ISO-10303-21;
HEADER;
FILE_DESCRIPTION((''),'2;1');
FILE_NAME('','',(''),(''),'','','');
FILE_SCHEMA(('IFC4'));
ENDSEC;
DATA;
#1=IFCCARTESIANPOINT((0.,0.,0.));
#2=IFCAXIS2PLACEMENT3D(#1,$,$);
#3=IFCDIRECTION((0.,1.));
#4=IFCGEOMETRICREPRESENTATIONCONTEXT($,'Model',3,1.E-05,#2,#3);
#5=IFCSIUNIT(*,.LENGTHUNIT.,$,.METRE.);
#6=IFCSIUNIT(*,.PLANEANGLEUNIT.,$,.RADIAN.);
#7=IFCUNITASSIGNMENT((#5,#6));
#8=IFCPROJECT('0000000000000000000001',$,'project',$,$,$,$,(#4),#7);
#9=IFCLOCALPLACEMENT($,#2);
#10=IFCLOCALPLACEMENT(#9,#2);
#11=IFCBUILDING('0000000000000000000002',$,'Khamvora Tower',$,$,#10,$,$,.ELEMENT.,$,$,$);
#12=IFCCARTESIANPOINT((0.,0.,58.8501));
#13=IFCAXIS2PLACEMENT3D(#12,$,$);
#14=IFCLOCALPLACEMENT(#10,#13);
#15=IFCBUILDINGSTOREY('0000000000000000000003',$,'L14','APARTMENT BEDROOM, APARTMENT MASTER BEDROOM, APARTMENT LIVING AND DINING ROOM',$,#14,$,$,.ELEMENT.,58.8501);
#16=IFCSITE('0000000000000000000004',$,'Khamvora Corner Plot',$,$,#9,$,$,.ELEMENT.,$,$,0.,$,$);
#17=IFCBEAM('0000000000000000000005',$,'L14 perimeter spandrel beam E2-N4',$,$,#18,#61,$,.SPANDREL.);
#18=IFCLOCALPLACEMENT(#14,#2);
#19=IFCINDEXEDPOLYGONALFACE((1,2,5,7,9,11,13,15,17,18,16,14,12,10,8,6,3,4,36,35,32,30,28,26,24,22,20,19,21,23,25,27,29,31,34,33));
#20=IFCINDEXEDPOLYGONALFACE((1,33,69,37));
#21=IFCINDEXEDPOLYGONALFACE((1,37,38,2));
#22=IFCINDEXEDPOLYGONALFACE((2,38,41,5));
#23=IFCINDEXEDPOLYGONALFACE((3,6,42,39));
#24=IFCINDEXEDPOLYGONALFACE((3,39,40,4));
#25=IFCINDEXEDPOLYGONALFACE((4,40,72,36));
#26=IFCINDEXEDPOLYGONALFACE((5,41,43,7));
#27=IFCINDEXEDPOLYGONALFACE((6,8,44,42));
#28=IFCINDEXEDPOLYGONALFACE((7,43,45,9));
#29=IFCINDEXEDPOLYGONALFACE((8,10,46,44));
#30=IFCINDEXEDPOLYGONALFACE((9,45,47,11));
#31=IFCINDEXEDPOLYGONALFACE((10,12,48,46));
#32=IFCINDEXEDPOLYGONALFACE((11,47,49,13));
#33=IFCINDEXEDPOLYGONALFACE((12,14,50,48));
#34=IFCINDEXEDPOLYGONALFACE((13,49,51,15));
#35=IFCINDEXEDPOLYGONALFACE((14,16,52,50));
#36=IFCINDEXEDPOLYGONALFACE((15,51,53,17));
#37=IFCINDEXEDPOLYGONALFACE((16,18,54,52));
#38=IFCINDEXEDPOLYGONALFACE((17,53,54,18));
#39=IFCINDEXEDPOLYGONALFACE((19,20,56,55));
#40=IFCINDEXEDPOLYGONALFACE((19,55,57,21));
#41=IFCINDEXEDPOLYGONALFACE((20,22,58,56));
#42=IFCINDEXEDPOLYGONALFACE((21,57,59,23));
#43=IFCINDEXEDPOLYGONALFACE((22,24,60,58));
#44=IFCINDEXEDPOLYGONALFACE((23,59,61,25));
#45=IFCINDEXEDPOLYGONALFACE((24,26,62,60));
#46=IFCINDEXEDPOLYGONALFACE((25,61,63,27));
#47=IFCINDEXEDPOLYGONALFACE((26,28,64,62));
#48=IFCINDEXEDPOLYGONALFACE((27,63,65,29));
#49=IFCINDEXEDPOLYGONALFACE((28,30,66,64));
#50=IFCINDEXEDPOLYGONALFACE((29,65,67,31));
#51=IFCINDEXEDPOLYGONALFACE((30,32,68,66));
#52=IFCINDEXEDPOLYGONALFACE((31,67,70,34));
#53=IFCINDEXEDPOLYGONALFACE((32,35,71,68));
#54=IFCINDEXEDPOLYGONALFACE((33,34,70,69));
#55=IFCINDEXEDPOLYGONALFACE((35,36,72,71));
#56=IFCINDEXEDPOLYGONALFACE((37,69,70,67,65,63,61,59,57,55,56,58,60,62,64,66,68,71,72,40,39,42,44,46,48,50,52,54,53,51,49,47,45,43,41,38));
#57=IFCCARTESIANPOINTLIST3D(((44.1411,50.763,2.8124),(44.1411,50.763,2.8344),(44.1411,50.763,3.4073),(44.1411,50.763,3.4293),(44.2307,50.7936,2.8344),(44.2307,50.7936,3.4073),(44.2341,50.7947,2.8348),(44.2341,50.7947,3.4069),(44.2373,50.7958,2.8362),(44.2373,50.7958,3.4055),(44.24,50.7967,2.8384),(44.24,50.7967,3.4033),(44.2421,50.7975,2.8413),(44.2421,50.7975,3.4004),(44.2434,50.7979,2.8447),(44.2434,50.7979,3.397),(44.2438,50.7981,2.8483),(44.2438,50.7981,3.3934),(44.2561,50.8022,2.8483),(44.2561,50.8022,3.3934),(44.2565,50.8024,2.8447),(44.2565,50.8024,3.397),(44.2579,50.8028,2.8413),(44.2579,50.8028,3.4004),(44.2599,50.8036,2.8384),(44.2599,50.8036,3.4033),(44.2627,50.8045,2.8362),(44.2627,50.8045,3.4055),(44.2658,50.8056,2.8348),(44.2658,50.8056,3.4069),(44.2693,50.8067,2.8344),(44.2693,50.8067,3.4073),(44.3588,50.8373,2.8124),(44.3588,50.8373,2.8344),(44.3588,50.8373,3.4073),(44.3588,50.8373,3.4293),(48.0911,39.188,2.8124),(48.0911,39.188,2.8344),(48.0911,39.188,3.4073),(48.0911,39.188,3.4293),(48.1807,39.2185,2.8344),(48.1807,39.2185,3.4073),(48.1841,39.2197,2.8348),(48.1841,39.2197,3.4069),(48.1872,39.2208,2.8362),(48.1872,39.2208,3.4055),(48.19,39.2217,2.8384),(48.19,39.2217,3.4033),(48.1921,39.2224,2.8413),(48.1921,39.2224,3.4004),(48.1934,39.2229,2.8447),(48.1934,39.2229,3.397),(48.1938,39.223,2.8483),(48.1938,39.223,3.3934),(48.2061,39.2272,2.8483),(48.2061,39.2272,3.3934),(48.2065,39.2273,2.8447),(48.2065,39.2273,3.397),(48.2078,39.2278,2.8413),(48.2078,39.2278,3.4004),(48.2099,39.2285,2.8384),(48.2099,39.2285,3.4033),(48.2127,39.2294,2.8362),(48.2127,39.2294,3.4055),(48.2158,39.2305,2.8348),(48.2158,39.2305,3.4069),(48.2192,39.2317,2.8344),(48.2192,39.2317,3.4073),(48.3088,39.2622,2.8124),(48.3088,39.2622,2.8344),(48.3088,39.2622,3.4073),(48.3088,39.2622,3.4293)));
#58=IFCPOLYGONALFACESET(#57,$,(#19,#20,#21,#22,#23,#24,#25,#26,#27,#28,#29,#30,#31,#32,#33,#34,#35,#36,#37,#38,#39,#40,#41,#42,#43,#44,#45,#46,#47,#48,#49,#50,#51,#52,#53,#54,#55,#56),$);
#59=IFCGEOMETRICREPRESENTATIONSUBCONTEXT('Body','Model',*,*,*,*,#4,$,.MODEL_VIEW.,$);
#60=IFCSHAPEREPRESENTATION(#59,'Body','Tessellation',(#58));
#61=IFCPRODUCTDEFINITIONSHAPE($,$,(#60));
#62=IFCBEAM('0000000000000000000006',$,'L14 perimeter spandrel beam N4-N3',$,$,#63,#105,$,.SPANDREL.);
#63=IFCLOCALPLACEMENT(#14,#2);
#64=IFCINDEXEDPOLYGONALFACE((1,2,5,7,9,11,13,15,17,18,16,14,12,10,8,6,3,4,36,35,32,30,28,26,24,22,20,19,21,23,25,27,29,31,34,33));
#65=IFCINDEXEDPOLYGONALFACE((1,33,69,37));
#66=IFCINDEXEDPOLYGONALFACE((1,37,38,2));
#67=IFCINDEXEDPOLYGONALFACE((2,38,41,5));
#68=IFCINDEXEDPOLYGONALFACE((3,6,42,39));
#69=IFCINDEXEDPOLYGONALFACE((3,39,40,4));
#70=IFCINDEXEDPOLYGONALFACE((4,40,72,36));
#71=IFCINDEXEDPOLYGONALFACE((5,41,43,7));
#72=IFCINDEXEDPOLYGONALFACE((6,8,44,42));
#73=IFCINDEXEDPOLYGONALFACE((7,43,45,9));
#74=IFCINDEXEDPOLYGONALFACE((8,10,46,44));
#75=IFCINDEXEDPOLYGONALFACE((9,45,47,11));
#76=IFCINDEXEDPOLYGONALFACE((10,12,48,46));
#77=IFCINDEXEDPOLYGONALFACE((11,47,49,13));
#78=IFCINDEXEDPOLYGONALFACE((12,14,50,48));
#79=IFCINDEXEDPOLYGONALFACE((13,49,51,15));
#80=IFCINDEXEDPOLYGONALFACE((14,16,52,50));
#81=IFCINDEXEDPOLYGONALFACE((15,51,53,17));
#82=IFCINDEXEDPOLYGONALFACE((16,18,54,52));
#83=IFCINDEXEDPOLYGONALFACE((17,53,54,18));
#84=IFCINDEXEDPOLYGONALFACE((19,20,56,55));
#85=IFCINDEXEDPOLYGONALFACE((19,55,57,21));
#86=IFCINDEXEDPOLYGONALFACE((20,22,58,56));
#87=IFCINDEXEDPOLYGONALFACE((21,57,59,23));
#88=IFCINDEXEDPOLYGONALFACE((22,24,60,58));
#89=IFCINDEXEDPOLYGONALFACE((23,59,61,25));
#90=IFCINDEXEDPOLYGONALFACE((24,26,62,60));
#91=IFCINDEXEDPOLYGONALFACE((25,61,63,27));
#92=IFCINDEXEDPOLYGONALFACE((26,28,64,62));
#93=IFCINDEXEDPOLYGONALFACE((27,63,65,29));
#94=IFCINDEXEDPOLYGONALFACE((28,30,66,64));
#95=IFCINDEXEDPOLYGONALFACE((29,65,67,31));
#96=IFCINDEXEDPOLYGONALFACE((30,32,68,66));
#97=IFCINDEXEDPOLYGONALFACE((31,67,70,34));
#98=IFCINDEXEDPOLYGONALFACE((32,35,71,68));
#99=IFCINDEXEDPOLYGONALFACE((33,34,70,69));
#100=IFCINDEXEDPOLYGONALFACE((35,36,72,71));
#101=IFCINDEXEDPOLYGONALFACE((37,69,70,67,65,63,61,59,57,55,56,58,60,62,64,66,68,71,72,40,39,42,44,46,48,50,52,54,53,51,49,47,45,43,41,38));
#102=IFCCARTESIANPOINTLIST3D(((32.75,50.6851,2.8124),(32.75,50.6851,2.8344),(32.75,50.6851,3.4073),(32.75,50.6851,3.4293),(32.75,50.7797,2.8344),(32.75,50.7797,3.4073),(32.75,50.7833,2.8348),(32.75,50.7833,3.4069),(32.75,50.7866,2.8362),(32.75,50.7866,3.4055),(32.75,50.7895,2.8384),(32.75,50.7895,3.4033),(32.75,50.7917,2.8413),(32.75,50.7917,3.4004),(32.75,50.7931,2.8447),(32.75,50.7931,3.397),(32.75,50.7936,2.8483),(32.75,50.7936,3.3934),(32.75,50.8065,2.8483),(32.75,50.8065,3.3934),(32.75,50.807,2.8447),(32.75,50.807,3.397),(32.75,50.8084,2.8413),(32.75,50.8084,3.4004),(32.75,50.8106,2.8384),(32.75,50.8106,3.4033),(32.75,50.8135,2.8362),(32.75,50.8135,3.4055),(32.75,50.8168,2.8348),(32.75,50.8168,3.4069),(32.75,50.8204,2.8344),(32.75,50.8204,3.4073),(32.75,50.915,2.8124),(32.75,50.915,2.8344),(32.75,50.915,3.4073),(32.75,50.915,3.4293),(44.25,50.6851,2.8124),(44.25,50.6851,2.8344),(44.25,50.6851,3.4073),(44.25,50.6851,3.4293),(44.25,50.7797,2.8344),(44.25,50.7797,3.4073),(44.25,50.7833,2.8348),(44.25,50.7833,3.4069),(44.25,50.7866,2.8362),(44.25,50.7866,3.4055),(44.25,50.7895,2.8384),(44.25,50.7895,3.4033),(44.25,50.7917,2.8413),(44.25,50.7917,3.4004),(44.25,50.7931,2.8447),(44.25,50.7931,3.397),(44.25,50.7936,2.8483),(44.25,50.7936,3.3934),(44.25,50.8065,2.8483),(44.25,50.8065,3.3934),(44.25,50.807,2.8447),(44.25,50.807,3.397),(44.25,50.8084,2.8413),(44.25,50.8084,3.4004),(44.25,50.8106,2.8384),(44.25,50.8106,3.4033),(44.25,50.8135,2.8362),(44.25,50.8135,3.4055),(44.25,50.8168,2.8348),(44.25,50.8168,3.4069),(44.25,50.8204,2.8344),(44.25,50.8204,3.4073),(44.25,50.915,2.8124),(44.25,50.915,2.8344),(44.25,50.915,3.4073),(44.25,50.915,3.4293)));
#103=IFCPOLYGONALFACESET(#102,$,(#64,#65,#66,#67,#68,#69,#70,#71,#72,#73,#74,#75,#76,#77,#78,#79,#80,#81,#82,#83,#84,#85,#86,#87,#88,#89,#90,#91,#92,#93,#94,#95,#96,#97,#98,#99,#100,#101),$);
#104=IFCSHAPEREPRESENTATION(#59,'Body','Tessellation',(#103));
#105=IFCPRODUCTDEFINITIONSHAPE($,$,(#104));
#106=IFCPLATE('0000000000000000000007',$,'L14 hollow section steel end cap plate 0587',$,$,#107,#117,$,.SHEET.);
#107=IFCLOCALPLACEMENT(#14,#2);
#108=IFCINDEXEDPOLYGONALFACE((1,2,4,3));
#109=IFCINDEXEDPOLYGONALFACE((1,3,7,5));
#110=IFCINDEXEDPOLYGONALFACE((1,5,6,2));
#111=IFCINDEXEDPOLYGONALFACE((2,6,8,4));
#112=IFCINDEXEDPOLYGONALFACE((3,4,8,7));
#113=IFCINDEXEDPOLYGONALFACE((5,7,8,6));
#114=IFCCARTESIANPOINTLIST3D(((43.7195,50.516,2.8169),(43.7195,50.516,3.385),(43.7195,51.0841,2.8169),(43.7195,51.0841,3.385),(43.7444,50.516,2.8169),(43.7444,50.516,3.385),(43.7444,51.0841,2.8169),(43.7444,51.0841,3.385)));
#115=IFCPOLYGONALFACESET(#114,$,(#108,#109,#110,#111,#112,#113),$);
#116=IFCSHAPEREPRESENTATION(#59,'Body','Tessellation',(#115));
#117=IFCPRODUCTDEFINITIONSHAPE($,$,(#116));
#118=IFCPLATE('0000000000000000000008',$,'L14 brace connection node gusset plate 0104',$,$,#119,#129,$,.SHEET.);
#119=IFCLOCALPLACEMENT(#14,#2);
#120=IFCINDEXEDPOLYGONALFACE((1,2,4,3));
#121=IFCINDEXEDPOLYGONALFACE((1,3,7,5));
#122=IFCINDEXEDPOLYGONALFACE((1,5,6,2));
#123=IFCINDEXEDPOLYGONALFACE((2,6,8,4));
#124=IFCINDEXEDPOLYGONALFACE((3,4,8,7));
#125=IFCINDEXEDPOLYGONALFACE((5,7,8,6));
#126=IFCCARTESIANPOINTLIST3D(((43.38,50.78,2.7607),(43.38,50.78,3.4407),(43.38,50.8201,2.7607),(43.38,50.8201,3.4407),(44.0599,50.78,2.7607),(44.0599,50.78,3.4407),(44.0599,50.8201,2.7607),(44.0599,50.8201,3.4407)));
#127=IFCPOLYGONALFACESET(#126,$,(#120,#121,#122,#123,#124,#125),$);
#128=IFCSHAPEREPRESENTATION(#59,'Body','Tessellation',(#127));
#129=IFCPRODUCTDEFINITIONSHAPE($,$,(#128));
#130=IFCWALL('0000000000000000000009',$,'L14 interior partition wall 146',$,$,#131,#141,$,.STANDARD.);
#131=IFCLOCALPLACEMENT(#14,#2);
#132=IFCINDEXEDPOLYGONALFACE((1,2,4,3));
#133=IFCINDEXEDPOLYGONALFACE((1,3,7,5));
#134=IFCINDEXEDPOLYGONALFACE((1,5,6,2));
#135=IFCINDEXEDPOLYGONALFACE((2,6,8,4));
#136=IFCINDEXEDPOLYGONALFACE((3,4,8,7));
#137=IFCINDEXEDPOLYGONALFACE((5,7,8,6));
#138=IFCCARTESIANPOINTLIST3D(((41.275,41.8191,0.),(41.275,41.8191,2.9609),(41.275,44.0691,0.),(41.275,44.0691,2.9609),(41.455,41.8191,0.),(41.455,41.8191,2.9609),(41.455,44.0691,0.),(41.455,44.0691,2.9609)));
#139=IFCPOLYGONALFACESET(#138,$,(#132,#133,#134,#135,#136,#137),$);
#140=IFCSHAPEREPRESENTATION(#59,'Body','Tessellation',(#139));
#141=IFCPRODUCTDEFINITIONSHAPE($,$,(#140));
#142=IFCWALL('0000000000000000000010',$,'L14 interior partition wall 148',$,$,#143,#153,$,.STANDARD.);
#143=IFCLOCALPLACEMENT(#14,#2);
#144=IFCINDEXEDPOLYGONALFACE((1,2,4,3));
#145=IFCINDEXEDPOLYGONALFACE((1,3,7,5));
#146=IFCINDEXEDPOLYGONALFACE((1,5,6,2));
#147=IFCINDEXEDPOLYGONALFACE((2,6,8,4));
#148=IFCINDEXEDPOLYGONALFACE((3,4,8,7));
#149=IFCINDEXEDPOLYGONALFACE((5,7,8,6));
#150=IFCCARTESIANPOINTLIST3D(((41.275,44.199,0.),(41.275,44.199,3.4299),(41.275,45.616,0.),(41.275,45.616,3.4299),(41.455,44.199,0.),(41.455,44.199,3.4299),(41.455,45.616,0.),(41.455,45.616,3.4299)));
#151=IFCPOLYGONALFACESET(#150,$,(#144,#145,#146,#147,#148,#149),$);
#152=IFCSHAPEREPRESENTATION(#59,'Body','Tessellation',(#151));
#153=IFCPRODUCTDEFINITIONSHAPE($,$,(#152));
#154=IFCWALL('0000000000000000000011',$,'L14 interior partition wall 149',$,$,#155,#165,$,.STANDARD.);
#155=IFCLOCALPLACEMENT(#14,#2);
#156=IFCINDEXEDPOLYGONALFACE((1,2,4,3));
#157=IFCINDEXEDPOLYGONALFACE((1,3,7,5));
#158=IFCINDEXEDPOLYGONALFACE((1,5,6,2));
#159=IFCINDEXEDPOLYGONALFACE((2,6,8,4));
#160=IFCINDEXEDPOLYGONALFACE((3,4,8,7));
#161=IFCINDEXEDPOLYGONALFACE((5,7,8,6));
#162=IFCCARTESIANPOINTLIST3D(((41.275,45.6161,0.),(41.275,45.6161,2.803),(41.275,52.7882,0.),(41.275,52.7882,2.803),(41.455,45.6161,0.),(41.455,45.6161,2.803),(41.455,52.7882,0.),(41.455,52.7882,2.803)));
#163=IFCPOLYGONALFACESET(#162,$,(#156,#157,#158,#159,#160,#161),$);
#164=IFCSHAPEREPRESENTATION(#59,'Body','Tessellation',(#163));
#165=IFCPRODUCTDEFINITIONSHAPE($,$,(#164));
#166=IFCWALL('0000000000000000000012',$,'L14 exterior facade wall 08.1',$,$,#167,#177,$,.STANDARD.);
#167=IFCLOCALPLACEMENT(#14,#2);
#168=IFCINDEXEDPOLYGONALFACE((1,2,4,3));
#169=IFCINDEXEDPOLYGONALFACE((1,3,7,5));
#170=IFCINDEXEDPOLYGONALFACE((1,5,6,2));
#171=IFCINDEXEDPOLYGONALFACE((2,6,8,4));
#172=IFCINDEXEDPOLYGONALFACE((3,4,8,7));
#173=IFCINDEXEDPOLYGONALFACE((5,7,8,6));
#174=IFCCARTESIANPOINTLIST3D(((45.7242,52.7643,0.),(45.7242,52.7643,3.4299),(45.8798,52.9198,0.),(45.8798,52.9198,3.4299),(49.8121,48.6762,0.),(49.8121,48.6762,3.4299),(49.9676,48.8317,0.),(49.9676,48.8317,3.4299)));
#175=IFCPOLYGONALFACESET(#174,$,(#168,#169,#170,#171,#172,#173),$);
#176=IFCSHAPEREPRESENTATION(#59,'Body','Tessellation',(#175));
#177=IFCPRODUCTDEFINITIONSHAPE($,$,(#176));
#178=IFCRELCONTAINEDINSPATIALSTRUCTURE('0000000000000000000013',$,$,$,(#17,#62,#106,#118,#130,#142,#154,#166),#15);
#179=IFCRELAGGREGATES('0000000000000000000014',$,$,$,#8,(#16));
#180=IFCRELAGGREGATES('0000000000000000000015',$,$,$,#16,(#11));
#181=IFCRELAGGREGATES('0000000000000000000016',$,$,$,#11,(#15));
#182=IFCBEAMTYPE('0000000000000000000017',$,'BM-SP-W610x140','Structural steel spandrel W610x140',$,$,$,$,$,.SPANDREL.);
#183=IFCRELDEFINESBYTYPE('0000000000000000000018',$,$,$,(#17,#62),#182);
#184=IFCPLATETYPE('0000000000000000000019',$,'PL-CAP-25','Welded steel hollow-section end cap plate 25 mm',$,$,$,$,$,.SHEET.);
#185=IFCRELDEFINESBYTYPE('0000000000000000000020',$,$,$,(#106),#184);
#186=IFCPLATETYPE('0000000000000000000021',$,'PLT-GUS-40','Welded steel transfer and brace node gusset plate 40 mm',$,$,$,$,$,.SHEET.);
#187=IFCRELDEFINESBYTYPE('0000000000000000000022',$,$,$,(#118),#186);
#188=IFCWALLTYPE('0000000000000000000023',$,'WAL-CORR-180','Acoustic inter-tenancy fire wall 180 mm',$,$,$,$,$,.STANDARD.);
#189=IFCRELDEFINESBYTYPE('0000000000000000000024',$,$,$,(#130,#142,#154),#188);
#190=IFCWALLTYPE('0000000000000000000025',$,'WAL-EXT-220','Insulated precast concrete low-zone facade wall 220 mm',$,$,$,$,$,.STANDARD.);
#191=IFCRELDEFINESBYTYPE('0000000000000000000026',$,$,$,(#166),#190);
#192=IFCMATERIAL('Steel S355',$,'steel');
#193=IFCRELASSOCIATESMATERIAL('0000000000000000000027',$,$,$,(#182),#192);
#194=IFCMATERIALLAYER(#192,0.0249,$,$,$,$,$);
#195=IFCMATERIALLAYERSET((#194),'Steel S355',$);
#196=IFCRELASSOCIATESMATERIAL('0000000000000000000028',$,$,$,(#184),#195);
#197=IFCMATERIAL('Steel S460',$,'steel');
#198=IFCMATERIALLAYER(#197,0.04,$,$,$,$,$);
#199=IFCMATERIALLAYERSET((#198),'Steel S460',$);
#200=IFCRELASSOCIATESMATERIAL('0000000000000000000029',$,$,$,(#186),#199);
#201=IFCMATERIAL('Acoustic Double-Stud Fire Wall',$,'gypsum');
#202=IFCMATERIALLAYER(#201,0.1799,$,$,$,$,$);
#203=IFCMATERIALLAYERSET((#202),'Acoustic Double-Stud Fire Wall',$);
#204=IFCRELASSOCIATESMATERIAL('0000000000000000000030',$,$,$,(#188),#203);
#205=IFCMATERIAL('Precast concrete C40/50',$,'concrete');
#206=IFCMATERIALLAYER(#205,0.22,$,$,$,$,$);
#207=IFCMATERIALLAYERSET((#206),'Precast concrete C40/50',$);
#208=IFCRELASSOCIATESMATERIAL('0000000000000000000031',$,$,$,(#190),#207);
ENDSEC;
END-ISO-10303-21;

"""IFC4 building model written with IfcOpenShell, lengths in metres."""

from ifc_helpers import new_model, si_unit, direction, frame, frame_2d, origin, origin_2d, place, context, subcontext, project, spatial, rectangle, i_section, extrude, material, layer, layer_set, material_profile, profile_set, type_object, element, save


model = new_model("IFC4")

# Units and contexts
model_context = context("Model", 3, precision=1e-05, world=origin(), true_north=direction((0.0, 1.0)))
body_context = subcontext(model_context, "Body", "Model", "MODEL_VIEW")
ifc_project = project(units=[si_unit("LENGTHUNIT", "METRE"), si_unit("PLANEANGLEUNIT", "RADIAN")], contexts=[model_context])

# Site, building, storey
site_placement = place(None, origin())
site = spatial("IfcSite", under=ifc_project, at=site_placement, Name="Khamvora Corner Plot", CompositionType="ELEMENT", RefElevation=0.0)
building_placement = place(site_placement, origin())
building = spatial("IfcBuilding", under=site, at=building_placement, Name="Khamvora Tower", CompositionType="ELEMENT")
storey_placement = place(building_placement, frame((0.0, 0.0, 58.8501)))
storey = spatial("IfcBuildingStorey", under=building, at=storey_placement, Name="L14", Description="APARTMENT BEDROOM, APARTMENT MASTER BEDROOM, APARTMENT LIVING AND DINING ROOM", CompositionType="ELEMENT", Elevation=58.8501)

# Shared definitions
ifc_material_1 = material(Name="Steel S460", Category="steel")

# Beams
ifc_material_2 = material(Name="Steel S355", Category="steel")
ifc_material_profile_1 = material_profile(ifc_material_2, i_section(OverallWidth=0.23, OverallDepth=0.6169, WebThickness=0.0129, FlangeThickness=0.022, FilletRadius=0.0139, at=origin_2d()), Name="W610x140")
ifc_profile_set_1 = profile_set([ifc_material_profile_1], Name="Steel S355")
beam_type_1 = type_object("IfcBeamType", Name="BM-SP-W610x140", Description="Structural steel spandrel W610x140", PredefinedType="SPANDREL", material=ifc_profile_set_1)
beam_1_placement = place(storey_placement, frame((48.2, 39.2251, 3.1208), z_axis=(-0.322963, 0.946412, 0.0), x_axis=(-0.946412, -0.322963, 0.0)))
element("IfcBeam", 1, at=beam_1_placement, inside=storey, type_object=beam_type_1, Name="L14 perimeter spandrel beam E2-N4", PredefinedType="SPANDREL", context=body_context, shape_type="SweptSolid", body=[
    extrude(i_section(OverallWidth=0.23, OverallDepth=0.6169, WebThickness=0.0129, FlangeThickness=0.022, FilletRadius=0.0139, at=origin_2d()), origin(), (0.0, 0.0, 1.0), 12.2305),
])
beam_2_placement = place(storey_placement, frame((44.25, 50.8, 3.1208), z_axis=(-1.0, 0.0, 0.0), x_axis=(0.0, -1.0, 0.0)))
element("IfcBeam", 2, at=beam_2_placement, inside=storey, type_object=beam_type_1, Name="L14 perimeter spandrel beam N4-N3", PredefinedType="SPANDREL", context=body_context, shape_type="SweptSolid", body=[
    extrude(i_section(OverallWidth=0.23, OverallDepth=0.6169, WebThickness=0.0129, FlangeThickness=0.022, FilletRadius=0.0139, at=origin_2d()), origin(), (0.0, 0.0, 1.0), 11.5),
])

# Plates
ifc_layer_1 = layer(ifc_material_2, 0.0249)
ifc_layer_set_1 = layer_set([ifc_layer_1], Name="Steel S355")
plate_type_1 = type_object("IfcPlateType", Name="PL-CAP-25", Description="Welded steel hollow-section end cap plate 25 mm", PredefinedType="SHEET", material=ifc_layer_set_1)
plate_1_placement = place(storey_placement, frame((43.7319, 50.8, 2.8169), z_axis=(0.0, 0.0, 1.0), x_axis=(1.0, 0.0, 0.0)))
element("IfcPlate", 3, at=plate_1_placement, inside=storey, type_object=plate_type_1, Name="L14 hollow section steel end cap plate 0587", PredefinedType="SHEET", context=body_context, shape_type="SweptSolid", body=[
    extrude(rectangle(XDim=0.0249, YDim=0.5681, at=origin_2d()), origin(), (0.0, 0.0, 1.0), 0.5681),
])
ifc_layer_2 = layer(ifc_material_1, 0.04)
ifc_layer_set_2 = layer_set([ifc_layer_2], Name="Steel S460")
plate_type_2 = type_object("IfcPlateType", Name="PLT-GUS-40", Description="Welded steel transfer and brace node gusset plate 40 mm", PredefinedType="SHEET", material=ifc_layer_set_2)
plate_2_placement = place(storey_placement, frame((43.72, 50.8, 2.7607), z_axis=(0.0, 0.0, 1.0), x_axis=(1.0, 0.0, 0.0)))
element("IfcPlate", 4, at=plate_2_placement, inside=storey, type_object=plate_type_2, Name="L14 brace connection node gusset plate 0104", PredefinedType="SHEET", context=body_context, shape_type="SweptSolid", body=[
    extrude(rectangle(XDim=0.6799, YDim=0.04, at=origin_2d()), origin(), (0.0, 0.0, 1.0), 0.6799),
])

# Walls
ifc_material_3 = material(Name="Acoustic Double-Stud Fire Wall", Category="gypsum")
ifc_layer_3 = layer(ifc_material_3, 0.1799)
ifc_layer_set_3 = layer_set([ifc_layer_3], Name="Acoustic Double-Stud Fire Wall")
wall_type_1 = type_object("IfcWallType", Name="WAL-CORR-180", Description="Acoustic inter-tenancy fire wall 180 mm", PredefinedType="STANDARD", material=ifc_layer_set_3)
wall_1_placement = place(storey_placement, frame((41.365, 44.0691, 0.0), z_axis=(0.0, 0.0, 1.0), x_axis=(0.0, -1.0, 0.0)))
element("IfcWall", 5, at=wall_1_placement, inside=storey, type_object=wall_type_1, Name="L14 interior partition wall 146", PredefinedType="STANDARD", context=body_context, shape_type="SweptSolid", body=[
    extrude(rectangle(XDim=2.25, YDim=0.1799, at=frame_2d((1.125, 0.0))), origin(), (0.0, 0.0, 1.0), 2.9609),
])
wall_2_placement = place(storey_placement, frame((41.365, 45.616, 0.0), z_axis=(0.0, 0.0, 1.0), x_axis=(0.0, -1.0, 0.0)))
element("IfcWall", 6, at=wall_2_placement, inside=storey, type_object=wall_type_1, Name="L14 interior partition wall 148", PredefinedType="STANDARD", context=body_context, shape_type="SweptSolid", body=[
    extrude(rectangle(XDim=1.417, YDim=0.1799, at=frame_2d((0.7085, 0.0))), origin(), (0.0, 0.0, 1.0), 3.4299),
])
wall_3_placement = place(storey_placement, frame((41.365, 52.7881, 0.0), z_axis=(0.0, 0.0, 1.0), x_axis=(0.0, -1.0, 0.0)))
element("IfcWall", 7, at=wall_3_placement, inside=storey, type_object=wall_type_1, Name="L14 interior partition wall 149", PredefinedType="STANDARD", context=body_context, shape_type="SweptSolid", body=[
    extrude(rectangle(XDim=7.1721, YDim=0.1799, at=frame_2d((3.5859, 0.0))), origin(), (0.0, 0.0, 1.0), 2.803),
])
ifc_material_4 = material(Name="Precast concrete C40/50", Category="concrete")
ifc_layer_4 = layer(ifc_material_4, 0.22)
ifc_layer_set_4 = layer_set([ifc_layer_4], Name="Precast concrete C40/50")
wall_type_2 = type_object("IfcWallType", Name="WAL-EXT-220", Description="Insulated precast concrete low-zone facade wall 220 mm", PredefinedType="STANDARD", material=ifc_layer_set_4)
wall_4_placement = place(storey_placement, frame((45.802, 52.842, 0.0), z_axis=(0.0, 0.0, 1.0), x_axis=(0.707086, -0.707128, 0.0)))
element("IfcWall", 8, at=wall_4_placement, inside=storey, type_object=wall_type_2, Name="L14 exterior facade wall 08.1", PredefinedType="STANDARD", context=body_context, shape_type="SweptSolid", body=[
    extrude(rectangle(XDim=5.7812, YDim=0.22, at=frame_2d((2.8906, 0.0))), origin(), (0.0, 0.0, 1.0), 3.4299),
])

save(model, "model.ifc")
